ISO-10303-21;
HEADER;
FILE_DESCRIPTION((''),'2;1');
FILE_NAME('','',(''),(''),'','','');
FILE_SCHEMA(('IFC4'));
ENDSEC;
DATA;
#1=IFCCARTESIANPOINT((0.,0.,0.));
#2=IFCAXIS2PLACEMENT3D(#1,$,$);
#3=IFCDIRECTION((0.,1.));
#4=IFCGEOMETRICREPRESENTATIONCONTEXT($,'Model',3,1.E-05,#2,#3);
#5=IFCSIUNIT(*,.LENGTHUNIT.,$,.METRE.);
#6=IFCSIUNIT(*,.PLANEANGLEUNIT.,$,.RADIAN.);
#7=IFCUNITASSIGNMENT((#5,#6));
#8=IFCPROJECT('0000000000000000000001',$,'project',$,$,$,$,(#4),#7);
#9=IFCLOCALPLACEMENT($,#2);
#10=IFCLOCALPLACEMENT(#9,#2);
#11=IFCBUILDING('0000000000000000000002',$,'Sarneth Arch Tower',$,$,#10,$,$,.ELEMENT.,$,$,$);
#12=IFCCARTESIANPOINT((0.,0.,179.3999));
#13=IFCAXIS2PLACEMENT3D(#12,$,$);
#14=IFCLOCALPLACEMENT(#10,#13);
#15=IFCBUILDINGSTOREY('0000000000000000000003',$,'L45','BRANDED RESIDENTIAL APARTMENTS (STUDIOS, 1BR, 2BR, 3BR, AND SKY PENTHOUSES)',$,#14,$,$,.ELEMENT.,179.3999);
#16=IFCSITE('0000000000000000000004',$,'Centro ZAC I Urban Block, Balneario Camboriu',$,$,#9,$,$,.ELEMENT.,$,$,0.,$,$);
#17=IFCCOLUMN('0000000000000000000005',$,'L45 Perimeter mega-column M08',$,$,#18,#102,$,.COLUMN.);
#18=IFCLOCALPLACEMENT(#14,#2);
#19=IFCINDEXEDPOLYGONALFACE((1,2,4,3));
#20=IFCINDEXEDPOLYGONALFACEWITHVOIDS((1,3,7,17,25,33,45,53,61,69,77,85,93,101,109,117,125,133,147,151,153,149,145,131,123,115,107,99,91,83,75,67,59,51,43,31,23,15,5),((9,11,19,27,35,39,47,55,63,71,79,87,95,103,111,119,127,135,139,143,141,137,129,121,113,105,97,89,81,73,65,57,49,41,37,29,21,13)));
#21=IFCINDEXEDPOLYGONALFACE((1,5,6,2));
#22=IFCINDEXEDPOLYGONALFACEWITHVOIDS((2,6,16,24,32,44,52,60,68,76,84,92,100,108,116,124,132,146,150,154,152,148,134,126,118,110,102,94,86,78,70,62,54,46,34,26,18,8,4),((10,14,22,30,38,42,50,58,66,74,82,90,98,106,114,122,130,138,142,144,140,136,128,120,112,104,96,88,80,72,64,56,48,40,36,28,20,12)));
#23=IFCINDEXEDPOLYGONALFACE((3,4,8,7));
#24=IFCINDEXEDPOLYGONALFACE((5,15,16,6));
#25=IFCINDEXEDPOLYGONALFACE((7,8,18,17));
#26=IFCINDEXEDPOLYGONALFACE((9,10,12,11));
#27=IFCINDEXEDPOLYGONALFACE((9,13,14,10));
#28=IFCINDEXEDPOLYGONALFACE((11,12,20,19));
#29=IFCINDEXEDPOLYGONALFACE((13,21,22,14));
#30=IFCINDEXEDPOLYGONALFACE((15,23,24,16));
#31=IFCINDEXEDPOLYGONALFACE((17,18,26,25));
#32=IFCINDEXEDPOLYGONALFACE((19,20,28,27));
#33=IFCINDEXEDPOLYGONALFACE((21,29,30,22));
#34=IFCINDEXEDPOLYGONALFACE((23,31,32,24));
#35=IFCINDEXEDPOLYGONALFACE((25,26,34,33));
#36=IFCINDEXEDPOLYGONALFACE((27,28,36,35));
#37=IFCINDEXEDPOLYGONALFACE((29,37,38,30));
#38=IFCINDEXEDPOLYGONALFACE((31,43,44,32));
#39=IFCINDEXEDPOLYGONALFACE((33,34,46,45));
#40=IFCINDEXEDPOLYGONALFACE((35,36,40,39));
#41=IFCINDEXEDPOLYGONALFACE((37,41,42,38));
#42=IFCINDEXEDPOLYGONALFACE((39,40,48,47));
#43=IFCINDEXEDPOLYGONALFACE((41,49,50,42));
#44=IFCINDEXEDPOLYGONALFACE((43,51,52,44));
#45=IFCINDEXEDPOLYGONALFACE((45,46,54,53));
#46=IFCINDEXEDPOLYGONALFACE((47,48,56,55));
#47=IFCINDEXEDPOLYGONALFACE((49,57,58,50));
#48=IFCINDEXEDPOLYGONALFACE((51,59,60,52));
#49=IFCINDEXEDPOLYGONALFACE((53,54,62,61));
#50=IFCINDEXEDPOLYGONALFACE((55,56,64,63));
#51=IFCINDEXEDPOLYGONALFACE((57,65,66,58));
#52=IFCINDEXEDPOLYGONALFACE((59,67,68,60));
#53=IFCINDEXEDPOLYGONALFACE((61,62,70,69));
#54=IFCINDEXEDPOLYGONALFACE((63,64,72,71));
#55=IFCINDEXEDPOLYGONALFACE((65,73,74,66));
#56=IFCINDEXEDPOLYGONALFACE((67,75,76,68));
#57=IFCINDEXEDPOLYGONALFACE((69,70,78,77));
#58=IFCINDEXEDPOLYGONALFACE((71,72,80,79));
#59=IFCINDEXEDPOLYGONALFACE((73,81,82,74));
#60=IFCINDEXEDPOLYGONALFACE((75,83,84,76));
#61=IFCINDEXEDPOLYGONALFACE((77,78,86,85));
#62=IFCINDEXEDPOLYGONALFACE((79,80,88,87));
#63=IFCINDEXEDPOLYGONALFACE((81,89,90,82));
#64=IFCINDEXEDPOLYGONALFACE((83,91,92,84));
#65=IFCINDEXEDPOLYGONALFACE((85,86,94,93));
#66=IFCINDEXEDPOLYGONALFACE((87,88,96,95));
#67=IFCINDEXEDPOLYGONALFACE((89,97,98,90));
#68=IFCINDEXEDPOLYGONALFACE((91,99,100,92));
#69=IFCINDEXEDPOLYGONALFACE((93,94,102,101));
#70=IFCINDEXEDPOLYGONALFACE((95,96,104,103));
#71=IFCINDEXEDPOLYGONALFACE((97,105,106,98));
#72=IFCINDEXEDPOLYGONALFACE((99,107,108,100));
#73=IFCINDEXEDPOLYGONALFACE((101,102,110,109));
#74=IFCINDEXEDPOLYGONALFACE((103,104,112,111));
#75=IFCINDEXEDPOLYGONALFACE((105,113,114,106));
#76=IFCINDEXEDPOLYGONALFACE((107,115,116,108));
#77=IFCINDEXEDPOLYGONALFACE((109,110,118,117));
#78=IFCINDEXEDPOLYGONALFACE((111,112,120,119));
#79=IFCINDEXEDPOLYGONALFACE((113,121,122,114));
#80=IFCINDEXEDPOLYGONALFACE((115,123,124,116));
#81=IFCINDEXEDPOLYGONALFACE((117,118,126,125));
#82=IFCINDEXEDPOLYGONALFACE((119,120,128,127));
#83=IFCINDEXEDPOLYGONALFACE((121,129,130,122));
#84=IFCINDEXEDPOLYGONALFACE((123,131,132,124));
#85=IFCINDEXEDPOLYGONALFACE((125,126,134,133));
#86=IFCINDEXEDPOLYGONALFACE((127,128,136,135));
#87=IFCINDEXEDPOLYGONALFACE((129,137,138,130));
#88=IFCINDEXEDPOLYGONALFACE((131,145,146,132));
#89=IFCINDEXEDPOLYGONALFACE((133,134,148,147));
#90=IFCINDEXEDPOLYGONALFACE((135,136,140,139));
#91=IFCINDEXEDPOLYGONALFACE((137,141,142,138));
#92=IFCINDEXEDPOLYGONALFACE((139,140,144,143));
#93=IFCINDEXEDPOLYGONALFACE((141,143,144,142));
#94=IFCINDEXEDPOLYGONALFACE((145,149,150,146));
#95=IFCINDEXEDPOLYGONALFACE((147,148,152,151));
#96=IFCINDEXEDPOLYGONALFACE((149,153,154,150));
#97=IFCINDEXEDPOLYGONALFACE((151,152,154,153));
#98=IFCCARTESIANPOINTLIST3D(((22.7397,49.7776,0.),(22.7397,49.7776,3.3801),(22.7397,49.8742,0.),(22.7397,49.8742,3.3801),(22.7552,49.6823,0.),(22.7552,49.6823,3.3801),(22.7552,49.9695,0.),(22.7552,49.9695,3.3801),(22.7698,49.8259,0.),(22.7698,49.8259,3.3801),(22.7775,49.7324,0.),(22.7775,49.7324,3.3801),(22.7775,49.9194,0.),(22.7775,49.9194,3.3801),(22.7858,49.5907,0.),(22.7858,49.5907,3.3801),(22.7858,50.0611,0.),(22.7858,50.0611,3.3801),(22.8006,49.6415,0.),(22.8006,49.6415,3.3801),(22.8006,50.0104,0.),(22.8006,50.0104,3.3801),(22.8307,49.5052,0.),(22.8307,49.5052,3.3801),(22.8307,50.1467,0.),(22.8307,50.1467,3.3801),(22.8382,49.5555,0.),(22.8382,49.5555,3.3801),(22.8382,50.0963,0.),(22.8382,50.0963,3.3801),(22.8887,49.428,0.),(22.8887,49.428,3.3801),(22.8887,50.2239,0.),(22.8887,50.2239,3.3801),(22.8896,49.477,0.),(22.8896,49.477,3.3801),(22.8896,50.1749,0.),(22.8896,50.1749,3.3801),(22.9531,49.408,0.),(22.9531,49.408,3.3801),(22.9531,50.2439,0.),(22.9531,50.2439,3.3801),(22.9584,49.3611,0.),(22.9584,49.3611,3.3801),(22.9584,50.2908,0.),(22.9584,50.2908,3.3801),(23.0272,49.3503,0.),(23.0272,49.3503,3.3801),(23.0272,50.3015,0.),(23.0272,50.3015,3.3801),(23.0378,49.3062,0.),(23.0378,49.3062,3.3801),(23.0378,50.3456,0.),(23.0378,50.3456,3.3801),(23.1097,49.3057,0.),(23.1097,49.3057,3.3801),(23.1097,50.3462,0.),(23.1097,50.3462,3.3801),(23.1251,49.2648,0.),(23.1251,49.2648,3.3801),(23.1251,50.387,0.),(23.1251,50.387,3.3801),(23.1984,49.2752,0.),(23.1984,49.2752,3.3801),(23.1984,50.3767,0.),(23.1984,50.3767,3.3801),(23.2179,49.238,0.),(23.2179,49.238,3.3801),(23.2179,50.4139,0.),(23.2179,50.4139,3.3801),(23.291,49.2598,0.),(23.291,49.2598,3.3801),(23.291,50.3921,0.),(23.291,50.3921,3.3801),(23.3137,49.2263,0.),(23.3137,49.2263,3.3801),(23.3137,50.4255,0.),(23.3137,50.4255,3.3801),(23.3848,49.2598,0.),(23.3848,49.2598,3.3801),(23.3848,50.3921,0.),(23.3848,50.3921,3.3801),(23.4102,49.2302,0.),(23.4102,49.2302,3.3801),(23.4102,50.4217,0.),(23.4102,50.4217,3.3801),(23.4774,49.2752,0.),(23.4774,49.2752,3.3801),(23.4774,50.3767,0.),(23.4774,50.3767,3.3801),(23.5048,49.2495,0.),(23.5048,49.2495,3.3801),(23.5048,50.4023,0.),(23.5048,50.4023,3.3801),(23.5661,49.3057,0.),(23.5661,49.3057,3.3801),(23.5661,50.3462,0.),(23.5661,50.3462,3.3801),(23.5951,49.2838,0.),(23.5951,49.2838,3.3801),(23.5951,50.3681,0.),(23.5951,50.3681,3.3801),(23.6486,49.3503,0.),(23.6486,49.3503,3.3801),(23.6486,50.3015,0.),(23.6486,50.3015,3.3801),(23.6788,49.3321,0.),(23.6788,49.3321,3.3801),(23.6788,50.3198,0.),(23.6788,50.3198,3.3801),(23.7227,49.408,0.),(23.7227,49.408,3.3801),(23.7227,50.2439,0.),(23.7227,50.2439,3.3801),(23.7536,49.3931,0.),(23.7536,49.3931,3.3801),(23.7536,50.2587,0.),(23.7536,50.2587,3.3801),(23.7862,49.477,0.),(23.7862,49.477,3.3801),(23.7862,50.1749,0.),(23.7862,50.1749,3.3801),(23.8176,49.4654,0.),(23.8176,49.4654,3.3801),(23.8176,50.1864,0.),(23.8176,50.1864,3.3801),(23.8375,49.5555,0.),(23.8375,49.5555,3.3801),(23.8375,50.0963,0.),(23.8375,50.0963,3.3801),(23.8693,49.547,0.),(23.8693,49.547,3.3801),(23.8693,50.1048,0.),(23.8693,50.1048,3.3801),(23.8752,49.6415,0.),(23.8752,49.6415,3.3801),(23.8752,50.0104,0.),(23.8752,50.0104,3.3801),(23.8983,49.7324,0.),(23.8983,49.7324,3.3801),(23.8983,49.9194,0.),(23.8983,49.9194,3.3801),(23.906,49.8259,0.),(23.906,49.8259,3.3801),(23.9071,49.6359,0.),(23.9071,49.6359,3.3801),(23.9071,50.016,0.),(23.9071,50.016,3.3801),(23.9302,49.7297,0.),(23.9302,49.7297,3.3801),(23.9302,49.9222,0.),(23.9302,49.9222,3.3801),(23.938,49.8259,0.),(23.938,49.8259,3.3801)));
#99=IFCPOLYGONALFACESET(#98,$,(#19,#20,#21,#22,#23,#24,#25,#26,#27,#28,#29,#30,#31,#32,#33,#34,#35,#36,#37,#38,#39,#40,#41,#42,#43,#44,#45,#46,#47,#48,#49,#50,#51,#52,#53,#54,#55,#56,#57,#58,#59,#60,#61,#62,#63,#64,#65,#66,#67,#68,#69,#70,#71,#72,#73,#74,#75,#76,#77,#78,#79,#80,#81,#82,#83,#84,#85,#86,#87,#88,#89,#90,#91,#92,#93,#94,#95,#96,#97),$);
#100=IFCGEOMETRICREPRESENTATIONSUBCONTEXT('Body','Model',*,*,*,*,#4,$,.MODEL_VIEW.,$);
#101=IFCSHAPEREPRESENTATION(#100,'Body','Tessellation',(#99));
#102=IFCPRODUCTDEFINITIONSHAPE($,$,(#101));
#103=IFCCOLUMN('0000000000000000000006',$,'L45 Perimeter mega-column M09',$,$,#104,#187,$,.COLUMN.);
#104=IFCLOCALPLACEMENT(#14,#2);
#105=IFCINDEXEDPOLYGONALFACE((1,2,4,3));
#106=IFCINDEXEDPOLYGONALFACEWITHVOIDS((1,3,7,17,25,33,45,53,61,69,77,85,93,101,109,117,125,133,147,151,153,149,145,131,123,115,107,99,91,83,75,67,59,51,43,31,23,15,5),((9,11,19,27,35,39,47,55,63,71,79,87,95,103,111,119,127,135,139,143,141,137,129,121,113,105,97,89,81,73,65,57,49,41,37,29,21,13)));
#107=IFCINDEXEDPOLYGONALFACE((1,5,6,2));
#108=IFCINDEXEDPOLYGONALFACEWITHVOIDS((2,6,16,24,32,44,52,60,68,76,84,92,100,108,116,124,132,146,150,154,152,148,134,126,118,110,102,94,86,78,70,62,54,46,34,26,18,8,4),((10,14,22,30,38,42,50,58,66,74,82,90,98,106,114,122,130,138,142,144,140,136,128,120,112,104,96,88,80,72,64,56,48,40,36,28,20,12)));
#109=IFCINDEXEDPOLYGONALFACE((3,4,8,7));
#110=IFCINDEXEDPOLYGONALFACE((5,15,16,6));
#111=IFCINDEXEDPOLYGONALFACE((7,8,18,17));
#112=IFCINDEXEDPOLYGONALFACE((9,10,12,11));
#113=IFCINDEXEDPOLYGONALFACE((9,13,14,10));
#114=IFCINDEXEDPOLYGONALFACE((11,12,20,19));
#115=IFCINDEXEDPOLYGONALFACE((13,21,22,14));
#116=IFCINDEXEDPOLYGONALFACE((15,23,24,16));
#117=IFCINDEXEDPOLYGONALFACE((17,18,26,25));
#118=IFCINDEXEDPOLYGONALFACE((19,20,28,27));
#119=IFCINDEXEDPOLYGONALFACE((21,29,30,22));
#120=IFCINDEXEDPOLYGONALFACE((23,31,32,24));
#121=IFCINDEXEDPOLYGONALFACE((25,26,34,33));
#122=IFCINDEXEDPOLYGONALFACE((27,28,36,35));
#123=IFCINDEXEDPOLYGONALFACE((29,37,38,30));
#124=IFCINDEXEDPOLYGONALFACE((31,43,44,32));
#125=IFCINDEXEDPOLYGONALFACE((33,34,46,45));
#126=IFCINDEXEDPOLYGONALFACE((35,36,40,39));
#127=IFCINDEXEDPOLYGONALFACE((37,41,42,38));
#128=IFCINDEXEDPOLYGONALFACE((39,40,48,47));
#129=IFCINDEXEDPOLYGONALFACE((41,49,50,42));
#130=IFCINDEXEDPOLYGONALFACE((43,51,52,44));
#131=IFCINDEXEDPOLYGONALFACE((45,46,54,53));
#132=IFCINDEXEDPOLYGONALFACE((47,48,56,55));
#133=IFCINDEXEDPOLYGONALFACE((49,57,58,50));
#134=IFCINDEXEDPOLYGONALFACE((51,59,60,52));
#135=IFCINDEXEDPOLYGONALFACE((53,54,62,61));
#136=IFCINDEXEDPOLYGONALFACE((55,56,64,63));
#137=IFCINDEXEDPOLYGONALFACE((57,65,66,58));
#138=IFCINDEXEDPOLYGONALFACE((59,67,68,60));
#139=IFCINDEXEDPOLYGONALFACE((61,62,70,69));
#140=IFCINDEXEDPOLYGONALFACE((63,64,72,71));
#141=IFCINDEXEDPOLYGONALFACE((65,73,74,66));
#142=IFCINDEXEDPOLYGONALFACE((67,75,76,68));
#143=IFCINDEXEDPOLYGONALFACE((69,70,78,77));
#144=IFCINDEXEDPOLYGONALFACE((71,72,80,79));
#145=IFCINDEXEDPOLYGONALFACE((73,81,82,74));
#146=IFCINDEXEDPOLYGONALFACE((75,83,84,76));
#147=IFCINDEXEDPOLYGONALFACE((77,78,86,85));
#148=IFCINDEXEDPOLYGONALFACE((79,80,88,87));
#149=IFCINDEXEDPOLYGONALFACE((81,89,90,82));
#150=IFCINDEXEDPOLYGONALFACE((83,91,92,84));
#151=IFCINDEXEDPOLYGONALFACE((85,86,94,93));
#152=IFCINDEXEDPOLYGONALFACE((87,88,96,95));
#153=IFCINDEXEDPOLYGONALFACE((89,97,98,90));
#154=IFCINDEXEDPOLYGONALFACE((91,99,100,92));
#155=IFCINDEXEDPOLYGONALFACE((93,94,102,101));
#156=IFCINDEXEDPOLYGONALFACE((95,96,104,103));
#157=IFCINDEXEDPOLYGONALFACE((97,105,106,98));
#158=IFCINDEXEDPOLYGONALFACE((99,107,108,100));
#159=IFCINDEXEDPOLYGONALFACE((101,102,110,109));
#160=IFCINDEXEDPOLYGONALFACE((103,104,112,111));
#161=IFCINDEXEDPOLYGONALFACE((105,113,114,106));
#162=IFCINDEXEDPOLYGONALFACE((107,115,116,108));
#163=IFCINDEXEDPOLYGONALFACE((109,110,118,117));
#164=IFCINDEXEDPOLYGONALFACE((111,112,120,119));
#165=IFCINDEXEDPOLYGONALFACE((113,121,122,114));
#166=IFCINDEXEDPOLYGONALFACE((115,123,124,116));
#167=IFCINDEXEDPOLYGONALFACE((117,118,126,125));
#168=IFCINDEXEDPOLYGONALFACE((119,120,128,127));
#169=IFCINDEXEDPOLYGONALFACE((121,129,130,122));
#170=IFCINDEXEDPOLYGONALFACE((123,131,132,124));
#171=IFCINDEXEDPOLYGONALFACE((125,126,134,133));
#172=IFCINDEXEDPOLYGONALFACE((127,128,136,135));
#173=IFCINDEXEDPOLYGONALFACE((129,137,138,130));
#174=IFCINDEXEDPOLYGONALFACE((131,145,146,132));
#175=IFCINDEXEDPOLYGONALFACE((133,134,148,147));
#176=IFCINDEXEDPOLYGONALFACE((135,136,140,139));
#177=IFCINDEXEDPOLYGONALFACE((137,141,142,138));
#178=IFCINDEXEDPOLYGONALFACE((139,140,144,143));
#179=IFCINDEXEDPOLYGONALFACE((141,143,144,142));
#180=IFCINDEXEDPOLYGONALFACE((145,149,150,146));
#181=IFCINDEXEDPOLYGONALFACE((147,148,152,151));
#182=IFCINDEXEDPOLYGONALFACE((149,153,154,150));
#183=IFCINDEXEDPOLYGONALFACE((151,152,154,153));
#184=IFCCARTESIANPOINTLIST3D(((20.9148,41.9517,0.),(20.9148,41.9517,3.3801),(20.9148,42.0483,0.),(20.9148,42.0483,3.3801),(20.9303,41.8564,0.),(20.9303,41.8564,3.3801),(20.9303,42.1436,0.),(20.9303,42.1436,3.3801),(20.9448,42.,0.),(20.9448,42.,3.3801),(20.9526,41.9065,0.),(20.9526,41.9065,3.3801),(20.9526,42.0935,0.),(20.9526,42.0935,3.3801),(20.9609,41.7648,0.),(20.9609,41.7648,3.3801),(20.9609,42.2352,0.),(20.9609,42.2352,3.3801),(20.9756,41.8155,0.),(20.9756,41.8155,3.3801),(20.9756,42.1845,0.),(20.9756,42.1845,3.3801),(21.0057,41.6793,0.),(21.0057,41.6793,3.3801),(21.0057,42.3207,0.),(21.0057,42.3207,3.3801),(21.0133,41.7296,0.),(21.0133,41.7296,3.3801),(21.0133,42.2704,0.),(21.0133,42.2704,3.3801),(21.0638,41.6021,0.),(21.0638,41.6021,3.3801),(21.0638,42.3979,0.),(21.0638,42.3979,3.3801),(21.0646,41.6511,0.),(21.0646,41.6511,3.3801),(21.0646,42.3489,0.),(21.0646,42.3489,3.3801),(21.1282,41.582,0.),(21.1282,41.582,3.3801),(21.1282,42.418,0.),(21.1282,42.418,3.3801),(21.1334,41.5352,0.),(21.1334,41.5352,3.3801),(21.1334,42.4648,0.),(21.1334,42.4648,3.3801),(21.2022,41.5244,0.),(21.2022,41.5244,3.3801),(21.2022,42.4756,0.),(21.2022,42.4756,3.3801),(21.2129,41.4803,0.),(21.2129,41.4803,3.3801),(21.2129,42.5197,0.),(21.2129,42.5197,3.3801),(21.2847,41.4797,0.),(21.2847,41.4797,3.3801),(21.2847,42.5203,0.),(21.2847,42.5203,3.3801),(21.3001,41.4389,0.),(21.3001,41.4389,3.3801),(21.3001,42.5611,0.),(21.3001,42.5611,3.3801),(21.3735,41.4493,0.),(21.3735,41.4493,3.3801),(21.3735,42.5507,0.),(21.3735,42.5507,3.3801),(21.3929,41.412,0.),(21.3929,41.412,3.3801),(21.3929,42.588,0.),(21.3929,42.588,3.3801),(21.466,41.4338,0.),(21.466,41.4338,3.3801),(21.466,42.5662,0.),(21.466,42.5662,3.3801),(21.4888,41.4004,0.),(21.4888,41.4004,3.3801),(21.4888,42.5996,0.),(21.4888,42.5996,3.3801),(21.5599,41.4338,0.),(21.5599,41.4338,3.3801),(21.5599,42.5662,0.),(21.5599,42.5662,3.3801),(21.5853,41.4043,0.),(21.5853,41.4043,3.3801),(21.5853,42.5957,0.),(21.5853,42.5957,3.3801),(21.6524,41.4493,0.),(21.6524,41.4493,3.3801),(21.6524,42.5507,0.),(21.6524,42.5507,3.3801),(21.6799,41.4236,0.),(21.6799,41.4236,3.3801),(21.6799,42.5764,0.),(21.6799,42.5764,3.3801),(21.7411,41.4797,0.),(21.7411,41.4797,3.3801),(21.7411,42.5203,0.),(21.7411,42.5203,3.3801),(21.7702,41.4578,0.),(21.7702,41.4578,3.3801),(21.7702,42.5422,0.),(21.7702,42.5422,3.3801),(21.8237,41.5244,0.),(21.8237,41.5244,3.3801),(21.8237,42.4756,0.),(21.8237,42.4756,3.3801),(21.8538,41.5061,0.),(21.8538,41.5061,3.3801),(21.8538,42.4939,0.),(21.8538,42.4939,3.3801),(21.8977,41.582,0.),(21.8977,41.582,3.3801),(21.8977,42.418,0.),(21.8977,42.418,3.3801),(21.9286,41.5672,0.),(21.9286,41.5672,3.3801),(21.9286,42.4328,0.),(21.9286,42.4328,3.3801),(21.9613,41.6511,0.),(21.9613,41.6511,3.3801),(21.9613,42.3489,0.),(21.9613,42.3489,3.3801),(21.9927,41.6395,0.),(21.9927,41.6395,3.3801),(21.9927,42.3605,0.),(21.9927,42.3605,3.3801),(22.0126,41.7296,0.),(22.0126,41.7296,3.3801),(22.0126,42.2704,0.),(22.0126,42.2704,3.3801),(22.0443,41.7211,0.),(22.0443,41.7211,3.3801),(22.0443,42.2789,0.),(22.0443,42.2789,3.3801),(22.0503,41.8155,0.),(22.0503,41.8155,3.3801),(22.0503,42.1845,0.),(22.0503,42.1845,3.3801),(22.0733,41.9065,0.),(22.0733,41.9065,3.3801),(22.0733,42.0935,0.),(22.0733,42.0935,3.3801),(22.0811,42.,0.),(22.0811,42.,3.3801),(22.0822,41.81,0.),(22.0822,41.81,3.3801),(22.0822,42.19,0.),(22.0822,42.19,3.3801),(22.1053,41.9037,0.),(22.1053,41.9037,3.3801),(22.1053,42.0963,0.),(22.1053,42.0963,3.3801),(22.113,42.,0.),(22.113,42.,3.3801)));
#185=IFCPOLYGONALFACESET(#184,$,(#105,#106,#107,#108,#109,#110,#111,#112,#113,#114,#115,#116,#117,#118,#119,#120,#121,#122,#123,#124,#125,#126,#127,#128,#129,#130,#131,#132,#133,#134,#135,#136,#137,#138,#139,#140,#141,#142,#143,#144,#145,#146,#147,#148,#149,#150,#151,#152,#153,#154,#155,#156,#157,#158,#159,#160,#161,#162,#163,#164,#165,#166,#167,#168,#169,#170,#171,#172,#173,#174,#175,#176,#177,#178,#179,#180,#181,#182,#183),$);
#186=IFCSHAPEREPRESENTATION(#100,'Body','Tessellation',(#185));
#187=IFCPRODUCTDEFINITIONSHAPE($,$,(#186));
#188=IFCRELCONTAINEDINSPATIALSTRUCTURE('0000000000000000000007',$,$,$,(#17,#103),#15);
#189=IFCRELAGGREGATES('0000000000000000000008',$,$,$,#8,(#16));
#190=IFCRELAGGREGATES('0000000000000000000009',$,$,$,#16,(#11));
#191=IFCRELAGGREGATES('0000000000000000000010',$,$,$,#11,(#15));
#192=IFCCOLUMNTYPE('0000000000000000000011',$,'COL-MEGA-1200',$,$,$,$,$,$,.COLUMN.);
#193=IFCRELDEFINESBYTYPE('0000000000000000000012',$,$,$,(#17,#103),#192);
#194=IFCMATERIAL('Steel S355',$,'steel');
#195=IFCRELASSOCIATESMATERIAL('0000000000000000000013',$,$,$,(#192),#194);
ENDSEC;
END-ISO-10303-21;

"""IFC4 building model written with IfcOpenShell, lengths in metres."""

from ifc_helpers import new_model, si_unit, direction, frame, origin, origin_2d, place, context, subcontext, project, spatial, hollow_circle, extrude, material, material_profile, profile_set, type_object, element, save


model = new_model("IFC4")

# Units and contexts
model_context = context("Model", 3, precision=1e-05, world=origin(), true_north=direction((0.0, 1.0)))
body_context = subcontext(model_context, "Body", "Model", "MODEL_VIEW")
ifc_project = project(units=[si_unit("LENGTHUNIT", "METRE"), si_unit("PLANEANGLEUNIT", "RADIAN")], contexts=[model_context])

# Site, building, storey
site_placement = place(None, origin())
site = spatial("IfcSite", under=ifc_project, at=site_placement, Name="Centro ZAC I Urban Block, Balneario Camboriu", CompositionType="ELEMENT", RefElevation=0.0)
building_placement = place(site_placement, origin())
building = spatial("IfcBuilding", under=site, at=building_placement, Name="Sarneth Arch Tower", CompositionType="ELEMENT")
storey_placement = place(building_placement, frame((0.0, 0.0, 179.3999)))
storey = spatial("IfcBuildingStorey", under=building, at=storey_placement, Name="L45", Description="BRANDED RESIDENTIAL APARTMENTS (STUDIOS, 1BR, 2BR, 3BR, AND SKY PENTHOUSES)", CompositionType="ELEMENT", Elevation=179.3999)

# Columns
ifc_material_1 = material(Name="Steel S355", Category="steel")
ifc_material_profile_1 = material_profile(ifc_material_1, hollow_circle(Radius=0.6001, WallThickness=0.032, at=origin_2d()), Name="CHS1200x32")
ifc_profile_set_1 = profile_set([ifc_material_profile_1], Name="Steel S355")
column_type = type_object("IfcColumnType", Name="COL-MEGA-1200", PredefinedType="COLUMN", material=ifc_profile_set_1)
for number, where, z_axis, x_axis, name in (
    (1, (23.3379, 49.8259, 0.0), (0.0, 0.0, 1.0), (1.0, 0.0, 0.0), "L45 Perimeter mega-column M08"),
    (2, (21.5129, 42.0, 0.0), (0.0, 0.0, 1.0), (1.0, 0.0, 0.0), "L45 Perimeter mega-column M09"),
):
    element("IfcColumn", number, at=place(storey_placement, frame(where, z_axis=z_axis, x_axis=x_axis)), inside=storey, type_object=column_type, Name=name, PredefinedType="COLUMN", context=body_context, shape_type="SweptSolid", body=[
        extrude(hollow_circle(Radius=0.6001, WallThickness=0.032, at=origin_2d()), origin(), (0.0, 0.0, 1.0), 3.3801),
    ])

save(model, "model.ifc")
